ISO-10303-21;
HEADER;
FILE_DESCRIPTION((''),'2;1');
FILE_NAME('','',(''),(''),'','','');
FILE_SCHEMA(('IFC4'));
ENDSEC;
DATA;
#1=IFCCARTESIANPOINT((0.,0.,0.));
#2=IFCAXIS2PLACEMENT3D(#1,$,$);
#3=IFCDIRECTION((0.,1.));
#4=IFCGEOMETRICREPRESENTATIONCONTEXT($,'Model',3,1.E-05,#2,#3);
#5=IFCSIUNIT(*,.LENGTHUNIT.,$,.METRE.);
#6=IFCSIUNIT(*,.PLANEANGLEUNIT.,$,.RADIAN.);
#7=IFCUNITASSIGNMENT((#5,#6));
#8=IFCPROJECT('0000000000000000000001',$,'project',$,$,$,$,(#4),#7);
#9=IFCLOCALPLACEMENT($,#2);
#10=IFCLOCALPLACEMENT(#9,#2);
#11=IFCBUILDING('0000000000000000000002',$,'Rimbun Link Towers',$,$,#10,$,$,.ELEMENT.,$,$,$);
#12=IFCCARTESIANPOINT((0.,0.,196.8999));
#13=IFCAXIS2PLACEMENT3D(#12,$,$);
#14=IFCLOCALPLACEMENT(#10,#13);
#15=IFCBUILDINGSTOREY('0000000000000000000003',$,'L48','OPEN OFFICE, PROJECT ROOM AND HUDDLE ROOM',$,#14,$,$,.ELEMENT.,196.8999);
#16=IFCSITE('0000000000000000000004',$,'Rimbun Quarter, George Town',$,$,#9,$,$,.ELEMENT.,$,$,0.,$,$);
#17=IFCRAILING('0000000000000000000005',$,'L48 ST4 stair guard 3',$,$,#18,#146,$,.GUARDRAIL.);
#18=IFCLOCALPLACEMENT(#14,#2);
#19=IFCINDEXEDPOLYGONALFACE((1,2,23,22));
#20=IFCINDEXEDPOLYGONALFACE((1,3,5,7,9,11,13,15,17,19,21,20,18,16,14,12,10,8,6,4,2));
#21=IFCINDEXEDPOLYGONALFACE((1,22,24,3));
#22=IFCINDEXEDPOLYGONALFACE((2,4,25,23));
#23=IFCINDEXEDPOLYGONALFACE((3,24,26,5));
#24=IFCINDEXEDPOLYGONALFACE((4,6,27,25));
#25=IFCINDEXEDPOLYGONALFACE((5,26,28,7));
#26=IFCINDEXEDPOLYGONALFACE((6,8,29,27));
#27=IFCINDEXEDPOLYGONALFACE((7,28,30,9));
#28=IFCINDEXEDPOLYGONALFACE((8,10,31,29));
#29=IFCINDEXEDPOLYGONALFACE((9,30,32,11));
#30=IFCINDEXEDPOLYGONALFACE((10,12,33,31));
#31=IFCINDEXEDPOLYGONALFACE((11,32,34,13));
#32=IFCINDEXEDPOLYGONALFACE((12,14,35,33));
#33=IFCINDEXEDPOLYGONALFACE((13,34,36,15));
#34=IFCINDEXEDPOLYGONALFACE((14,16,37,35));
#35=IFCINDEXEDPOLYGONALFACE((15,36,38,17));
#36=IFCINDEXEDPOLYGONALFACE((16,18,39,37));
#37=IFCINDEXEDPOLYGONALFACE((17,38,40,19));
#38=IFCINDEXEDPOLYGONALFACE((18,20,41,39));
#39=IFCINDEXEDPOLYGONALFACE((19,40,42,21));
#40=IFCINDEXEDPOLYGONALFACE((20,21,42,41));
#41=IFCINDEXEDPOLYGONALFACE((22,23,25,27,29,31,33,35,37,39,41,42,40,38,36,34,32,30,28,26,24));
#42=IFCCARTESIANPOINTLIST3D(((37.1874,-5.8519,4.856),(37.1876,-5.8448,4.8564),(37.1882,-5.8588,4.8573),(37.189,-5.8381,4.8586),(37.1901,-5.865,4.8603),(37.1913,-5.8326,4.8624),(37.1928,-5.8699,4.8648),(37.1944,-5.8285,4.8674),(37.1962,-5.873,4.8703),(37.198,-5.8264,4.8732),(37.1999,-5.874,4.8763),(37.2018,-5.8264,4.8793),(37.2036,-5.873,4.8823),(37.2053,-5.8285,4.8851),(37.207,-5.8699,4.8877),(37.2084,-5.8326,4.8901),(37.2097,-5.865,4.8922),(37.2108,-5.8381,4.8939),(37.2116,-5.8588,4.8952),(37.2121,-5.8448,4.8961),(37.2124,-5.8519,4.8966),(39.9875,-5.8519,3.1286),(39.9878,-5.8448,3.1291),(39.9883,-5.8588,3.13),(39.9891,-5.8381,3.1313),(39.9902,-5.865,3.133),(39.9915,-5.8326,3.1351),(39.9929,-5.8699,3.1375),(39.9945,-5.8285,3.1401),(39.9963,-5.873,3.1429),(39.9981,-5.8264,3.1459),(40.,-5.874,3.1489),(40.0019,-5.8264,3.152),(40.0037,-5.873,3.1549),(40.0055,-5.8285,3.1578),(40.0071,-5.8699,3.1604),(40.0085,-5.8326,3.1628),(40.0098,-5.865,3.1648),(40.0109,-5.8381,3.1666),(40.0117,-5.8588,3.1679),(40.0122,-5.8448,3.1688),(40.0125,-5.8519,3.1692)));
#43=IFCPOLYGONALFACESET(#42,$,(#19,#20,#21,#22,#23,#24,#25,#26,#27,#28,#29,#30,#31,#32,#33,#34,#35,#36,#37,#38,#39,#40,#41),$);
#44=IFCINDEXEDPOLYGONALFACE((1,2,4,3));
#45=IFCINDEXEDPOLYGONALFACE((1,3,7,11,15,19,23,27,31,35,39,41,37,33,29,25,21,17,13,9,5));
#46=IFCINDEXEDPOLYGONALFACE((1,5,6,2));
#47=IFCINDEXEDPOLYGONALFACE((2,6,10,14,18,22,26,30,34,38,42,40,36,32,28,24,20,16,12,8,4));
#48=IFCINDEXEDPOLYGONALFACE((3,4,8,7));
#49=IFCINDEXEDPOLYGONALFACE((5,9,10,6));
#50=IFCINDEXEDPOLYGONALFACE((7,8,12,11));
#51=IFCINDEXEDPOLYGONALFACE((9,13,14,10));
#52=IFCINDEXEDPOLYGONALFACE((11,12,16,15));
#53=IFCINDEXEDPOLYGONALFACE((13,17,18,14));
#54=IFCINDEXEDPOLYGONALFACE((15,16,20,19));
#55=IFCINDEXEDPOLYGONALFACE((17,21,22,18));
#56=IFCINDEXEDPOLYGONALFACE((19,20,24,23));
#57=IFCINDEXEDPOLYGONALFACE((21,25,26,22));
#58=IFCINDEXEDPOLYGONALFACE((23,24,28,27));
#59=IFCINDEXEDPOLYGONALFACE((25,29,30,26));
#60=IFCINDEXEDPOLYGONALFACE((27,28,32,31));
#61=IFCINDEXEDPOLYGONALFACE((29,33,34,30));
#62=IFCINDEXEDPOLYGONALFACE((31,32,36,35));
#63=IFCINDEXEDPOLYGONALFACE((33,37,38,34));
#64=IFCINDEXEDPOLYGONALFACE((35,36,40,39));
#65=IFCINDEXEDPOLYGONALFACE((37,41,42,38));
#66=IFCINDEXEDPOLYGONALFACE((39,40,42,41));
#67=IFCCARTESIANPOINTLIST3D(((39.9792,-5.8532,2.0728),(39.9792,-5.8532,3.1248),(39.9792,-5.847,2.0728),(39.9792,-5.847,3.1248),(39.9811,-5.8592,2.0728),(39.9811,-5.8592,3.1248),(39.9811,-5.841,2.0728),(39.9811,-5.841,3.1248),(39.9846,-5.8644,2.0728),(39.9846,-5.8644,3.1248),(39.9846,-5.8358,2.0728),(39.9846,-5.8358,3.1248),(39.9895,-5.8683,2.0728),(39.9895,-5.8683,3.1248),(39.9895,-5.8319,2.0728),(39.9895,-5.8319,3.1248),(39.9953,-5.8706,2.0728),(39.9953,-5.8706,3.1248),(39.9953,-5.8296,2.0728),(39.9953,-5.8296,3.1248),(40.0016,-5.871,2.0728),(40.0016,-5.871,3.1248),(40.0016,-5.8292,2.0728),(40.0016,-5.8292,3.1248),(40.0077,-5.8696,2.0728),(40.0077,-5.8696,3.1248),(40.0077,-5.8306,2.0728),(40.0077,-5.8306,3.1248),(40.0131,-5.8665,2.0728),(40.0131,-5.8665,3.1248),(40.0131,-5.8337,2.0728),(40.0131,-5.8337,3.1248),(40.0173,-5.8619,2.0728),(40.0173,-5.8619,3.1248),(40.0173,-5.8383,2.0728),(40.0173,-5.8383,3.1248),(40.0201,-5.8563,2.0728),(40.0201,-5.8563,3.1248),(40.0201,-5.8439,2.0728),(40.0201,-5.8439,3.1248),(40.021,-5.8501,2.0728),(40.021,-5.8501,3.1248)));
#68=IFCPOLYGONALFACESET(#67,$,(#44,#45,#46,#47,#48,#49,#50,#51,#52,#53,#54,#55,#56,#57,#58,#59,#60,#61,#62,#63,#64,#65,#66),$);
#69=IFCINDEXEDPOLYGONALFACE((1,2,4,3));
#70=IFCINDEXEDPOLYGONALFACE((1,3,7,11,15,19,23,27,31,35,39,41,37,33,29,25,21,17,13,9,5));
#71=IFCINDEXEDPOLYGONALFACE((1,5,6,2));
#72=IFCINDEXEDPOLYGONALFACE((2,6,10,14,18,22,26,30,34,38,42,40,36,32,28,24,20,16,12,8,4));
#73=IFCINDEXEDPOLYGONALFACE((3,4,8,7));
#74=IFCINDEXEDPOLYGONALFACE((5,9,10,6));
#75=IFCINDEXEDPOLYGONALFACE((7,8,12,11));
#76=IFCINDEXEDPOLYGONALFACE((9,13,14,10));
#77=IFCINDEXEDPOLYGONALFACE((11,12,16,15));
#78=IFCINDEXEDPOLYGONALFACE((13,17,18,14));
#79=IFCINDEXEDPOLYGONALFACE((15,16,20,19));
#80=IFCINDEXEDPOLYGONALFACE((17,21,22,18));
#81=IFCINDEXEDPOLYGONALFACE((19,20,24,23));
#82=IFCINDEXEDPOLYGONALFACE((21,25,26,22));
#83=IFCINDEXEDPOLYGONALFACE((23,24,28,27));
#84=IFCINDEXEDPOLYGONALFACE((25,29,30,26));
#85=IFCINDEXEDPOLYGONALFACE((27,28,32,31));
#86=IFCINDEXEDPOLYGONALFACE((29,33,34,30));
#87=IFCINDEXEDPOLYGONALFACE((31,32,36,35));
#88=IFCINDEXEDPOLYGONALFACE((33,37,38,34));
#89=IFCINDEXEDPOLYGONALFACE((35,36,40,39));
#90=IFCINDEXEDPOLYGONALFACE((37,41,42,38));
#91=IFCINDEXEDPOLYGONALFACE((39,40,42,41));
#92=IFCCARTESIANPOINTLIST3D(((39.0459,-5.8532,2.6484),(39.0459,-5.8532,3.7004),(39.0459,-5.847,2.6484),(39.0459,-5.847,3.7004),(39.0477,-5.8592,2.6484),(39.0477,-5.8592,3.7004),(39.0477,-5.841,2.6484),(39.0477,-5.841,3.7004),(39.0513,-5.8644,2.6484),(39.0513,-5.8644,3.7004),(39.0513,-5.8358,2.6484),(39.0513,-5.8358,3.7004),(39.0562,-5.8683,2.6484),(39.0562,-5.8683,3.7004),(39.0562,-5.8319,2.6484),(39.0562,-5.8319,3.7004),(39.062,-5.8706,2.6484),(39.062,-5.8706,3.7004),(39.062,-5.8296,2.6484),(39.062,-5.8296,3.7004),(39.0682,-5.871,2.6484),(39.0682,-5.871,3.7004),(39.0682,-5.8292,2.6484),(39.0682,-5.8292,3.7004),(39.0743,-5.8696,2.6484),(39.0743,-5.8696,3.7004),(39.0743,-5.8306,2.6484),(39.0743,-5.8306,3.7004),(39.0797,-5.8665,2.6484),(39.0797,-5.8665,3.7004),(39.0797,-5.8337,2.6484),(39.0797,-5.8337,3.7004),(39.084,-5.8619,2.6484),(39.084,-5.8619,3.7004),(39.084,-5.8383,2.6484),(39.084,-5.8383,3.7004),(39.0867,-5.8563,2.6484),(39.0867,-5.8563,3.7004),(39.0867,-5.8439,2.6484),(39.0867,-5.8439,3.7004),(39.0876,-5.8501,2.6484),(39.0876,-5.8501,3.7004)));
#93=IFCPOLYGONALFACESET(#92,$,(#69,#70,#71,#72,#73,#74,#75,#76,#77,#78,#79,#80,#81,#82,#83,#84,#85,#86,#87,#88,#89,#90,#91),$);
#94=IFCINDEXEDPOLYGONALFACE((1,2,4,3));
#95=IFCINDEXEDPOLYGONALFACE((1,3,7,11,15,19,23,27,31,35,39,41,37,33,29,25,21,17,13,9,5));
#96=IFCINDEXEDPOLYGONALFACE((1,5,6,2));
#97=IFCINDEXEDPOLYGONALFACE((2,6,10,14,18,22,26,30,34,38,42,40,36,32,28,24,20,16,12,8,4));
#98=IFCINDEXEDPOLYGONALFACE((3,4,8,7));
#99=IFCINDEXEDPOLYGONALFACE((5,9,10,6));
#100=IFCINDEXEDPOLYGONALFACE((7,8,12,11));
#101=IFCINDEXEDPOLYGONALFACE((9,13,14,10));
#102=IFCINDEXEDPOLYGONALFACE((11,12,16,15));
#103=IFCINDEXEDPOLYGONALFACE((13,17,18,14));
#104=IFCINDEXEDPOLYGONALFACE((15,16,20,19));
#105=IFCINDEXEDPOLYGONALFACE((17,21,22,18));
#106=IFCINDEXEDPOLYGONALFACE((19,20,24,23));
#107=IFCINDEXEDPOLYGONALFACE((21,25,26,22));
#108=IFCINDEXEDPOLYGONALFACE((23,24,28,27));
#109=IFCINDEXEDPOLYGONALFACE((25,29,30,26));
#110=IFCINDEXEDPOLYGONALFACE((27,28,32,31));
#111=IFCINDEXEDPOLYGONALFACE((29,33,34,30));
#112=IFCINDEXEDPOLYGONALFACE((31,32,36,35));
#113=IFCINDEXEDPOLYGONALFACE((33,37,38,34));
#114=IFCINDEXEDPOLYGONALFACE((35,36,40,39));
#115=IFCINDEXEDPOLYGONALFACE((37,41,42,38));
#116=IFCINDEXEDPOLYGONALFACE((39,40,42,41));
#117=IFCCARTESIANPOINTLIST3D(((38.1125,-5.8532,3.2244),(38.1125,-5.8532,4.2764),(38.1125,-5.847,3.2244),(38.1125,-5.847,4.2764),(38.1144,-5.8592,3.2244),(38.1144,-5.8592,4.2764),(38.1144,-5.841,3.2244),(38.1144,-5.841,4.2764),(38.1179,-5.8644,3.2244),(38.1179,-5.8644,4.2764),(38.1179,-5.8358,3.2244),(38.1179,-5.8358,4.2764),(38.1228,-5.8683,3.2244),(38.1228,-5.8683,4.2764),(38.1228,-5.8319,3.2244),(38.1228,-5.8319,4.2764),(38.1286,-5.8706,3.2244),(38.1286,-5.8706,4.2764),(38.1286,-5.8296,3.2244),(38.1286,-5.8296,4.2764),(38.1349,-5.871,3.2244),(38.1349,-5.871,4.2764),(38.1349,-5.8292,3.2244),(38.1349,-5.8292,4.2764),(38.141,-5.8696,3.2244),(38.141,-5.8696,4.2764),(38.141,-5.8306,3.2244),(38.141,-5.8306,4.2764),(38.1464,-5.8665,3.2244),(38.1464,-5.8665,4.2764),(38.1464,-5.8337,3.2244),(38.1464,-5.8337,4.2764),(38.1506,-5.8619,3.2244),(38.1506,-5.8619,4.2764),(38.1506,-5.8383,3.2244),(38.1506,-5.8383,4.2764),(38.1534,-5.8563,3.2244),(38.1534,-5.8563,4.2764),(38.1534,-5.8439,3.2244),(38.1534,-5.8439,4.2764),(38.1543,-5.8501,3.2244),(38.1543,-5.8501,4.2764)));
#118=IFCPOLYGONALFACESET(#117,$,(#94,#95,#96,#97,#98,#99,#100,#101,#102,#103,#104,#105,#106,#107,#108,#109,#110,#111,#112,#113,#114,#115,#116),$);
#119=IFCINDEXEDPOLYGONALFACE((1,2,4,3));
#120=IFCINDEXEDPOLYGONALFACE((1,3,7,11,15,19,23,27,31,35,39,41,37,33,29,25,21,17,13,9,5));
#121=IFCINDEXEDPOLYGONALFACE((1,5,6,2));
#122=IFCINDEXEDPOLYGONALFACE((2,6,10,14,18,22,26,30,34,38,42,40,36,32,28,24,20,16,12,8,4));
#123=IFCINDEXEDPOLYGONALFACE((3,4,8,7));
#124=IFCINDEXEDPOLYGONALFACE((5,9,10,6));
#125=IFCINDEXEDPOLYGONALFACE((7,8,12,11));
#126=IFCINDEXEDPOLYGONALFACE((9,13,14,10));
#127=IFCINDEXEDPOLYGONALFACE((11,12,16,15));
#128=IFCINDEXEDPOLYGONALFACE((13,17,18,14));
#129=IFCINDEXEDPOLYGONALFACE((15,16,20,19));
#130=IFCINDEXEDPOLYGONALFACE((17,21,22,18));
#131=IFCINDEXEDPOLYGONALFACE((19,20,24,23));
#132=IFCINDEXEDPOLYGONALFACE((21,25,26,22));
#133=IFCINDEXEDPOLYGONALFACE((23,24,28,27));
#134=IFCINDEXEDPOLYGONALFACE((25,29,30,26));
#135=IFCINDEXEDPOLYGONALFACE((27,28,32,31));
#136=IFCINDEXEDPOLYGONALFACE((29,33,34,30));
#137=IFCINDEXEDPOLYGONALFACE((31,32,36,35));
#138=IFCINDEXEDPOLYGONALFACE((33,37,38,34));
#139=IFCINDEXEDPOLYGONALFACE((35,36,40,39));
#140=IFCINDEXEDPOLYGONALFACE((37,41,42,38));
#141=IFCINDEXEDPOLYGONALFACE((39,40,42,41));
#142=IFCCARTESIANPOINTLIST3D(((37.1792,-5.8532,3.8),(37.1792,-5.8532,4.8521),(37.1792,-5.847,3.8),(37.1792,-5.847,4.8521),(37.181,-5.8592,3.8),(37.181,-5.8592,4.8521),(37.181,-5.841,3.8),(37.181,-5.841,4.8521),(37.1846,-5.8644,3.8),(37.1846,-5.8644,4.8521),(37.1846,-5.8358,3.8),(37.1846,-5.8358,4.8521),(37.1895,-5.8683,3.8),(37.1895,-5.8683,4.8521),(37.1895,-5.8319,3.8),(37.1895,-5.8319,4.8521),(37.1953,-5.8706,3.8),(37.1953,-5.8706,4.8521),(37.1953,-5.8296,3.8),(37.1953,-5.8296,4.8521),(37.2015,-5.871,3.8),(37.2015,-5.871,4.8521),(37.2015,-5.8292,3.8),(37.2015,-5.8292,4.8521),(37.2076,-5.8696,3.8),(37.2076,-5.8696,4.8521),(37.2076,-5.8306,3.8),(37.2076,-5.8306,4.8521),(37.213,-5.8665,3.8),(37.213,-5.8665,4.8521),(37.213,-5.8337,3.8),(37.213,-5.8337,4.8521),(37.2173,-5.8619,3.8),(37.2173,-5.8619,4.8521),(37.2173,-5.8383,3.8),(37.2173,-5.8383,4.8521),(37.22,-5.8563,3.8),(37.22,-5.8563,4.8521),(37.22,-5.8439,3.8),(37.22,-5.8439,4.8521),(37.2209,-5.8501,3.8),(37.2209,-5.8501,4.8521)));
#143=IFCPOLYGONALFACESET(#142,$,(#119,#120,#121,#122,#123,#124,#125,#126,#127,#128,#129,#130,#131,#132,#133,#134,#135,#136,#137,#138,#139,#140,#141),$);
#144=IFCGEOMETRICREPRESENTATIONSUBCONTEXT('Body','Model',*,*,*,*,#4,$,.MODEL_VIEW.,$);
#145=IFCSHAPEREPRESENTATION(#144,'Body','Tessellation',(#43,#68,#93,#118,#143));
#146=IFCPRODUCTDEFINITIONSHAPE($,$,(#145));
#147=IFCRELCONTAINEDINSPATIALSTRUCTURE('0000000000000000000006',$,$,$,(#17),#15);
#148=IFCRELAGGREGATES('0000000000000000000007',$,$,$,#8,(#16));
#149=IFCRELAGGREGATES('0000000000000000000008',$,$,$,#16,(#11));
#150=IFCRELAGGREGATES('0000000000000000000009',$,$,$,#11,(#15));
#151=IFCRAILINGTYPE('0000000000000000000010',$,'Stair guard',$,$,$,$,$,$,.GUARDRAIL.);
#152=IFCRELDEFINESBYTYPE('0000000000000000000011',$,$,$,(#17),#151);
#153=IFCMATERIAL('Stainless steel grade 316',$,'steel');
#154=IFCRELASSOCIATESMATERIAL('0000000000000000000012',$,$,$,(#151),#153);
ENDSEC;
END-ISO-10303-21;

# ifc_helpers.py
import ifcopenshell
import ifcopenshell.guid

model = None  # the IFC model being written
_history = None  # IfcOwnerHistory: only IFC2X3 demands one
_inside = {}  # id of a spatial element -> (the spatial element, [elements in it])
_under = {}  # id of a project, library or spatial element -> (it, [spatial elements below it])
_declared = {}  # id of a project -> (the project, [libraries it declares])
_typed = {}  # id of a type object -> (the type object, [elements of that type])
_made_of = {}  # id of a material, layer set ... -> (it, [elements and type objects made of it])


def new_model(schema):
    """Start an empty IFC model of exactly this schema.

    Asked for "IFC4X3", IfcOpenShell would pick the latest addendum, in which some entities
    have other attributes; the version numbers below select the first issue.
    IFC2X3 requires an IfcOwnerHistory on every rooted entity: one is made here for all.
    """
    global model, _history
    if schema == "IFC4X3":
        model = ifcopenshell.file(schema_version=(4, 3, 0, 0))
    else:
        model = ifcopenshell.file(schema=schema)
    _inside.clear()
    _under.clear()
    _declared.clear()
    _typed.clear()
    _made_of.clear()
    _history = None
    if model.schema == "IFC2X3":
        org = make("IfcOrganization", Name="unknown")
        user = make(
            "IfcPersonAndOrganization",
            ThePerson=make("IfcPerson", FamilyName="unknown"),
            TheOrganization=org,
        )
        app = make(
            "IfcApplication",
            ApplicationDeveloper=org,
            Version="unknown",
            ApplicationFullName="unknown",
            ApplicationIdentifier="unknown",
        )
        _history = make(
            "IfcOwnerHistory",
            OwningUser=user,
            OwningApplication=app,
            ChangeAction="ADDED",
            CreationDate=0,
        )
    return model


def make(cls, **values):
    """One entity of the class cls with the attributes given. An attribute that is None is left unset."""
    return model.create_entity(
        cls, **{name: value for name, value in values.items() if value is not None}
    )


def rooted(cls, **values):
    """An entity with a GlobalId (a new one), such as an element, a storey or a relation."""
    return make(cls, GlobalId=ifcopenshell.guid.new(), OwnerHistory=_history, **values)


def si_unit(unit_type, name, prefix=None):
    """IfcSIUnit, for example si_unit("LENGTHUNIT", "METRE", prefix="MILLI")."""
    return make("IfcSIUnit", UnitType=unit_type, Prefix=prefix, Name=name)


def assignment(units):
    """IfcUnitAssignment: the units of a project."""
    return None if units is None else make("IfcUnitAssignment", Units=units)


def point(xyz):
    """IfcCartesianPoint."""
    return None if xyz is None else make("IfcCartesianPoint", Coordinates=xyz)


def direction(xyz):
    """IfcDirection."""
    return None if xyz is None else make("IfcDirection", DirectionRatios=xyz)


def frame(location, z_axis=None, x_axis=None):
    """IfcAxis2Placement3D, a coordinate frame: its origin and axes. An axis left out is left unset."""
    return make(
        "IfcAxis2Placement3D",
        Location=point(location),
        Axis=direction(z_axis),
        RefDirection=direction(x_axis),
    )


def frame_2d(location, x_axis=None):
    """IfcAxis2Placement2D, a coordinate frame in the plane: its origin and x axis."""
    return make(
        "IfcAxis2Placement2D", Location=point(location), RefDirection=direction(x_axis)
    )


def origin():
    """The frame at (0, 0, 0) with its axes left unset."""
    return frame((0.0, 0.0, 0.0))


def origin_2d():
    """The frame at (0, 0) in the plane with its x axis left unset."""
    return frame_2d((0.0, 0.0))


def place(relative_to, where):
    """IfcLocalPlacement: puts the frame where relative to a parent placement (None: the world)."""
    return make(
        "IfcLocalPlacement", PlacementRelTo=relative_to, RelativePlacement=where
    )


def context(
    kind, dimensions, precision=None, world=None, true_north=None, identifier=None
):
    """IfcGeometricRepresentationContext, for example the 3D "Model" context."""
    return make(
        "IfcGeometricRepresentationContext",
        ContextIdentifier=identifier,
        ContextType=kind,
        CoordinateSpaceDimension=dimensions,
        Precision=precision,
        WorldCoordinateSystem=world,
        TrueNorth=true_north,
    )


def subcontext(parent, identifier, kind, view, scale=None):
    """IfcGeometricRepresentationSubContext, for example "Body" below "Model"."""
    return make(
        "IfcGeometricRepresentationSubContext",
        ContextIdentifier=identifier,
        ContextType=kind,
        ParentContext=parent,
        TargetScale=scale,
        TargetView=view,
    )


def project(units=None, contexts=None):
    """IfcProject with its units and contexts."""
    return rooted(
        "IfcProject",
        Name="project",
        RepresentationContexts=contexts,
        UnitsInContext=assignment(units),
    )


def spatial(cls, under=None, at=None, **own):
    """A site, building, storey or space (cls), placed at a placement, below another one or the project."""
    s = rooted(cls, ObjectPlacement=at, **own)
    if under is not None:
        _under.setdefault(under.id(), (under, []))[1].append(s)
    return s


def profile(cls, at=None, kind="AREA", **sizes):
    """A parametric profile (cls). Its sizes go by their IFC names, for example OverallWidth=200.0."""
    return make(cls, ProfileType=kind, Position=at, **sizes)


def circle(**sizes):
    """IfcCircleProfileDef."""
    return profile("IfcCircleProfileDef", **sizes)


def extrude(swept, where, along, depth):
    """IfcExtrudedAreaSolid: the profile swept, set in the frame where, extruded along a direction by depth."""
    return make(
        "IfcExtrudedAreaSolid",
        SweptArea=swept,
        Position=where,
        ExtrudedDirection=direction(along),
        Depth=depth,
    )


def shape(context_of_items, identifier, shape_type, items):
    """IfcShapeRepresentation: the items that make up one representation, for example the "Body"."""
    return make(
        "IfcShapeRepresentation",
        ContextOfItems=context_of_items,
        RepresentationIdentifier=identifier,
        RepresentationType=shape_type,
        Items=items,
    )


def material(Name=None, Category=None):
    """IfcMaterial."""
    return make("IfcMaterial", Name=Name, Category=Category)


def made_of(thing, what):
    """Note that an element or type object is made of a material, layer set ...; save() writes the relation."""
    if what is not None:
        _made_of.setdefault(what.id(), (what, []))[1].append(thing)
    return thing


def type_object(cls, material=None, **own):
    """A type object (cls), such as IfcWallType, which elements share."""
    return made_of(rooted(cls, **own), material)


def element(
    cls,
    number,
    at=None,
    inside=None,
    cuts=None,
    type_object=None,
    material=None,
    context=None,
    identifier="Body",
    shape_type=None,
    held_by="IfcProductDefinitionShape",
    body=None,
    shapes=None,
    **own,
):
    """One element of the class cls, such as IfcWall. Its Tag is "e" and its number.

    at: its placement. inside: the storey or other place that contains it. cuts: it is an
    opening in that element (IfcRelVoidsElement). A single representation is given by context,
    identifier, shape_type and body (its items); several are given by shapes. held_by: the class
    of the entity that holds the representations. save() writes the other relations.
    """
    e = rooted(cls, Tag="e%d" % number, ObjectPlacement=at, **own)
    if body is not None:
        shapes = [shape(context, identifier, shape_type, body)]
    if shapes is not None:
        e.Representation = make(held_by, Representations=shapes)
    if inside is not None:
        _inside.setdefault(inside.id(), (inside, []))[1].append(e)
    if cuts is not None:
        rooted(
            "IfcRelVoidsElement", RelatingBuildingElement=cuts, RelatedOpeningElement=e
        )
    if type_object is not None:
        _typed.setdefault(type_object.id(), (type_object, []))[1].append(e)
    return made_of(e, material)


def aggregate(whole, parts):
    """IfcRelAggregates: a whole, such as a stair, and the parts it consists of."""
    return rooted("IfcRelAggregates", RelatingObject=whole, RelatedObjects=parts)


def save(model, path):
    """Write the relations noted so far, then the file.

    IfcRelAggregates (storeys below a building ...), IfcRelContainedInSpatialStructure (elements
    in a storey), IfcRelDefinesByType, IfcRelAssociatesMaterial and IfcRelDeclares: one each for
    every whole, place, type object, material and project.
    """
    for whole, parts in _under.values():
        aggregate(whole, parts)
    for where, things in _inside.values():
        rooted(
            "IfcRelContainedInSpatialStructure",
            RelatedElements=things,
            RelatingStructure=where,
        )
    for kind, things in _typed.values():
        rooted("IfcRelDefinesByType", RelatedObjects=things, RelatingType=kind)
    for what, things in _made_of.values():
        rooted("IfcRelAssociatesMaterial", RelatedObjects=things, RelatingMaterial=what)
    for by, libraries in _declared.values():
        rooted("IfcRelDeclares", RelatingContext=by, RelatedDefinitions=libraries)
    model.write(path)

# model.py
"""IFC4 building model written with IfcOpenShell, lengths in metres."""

from ifc_helpers import new_model, si_unit, direction, frame, origin, origin_2d, place, context, subcontext, project, spatial, circle, extrude, material, type_object, element, save


model = new_model("IFC4")

# Units and contexts
model_context = context("Model", 3, precision=1e-05, world=origin(), true_north=direction((0.0, 1.0)))
body_context = subcontext(model_context, "Body", "Model", "MODEL_VIEW")
ifc_project = project(units=[si_unit("LENGTHUNIT", "METRE"), si_unit("PLANEANGLEUNIT", "RADIAN")], contexts=[model_context])

# Site, building, storey
site_placement = place(None, origin())
site = spatial("IfcSite", under=ifc_project, at=site_placement, Name="Rimbun Quarter, George Town", CompositionType="ELEMENT", RefElevation=0.0)
building_placement = place(site_placement, origin())
building = spatial("IfcBuilding", under=site, at=building_placement, Name="Rimbun Link Towers", CompositionType="ELEMENT")
storey_placement = place(building_placement, frame((0.0, 0.0, 196.8999)))
storey = spatial("IfcBuildingStorey", under=building, at=storey_placement, Name="L48", Description="OPEN OFFICE, PROJECT ROOM AND HUDDLE ROOM", CompositionType="ELEMENT", Elevation=196.8999)

# Railing
ifc_material_1 = material(Name="Stainless steel grade 316", Category="steel")
railing_type_1 = type_object("IfcRailingType", Name="Stair guard", PredefinedType="GUARDRAIL", material=ifc_material_1)
railing_1_placement = place(storey_placement, frame((40.0, -5.8501, 2.0728)))
element("IfcRailing", 1, at=railing_1_placement, inside=storey, type_object=railing_type_1, Name="L48 ST4 stair guard 3", PredefinedType="GUARDRAIL", context=body_context, shape_type="SweptSolid", body=[
    extrude(circle(Radius=0.0239, at=origin_2d()), frame((0.0, 0.0, 1.0762), z_axis=(-0.85109, 0.0, 0.52502), x_axis=(0.0, -1.0, 0.0)), (0.0, 0.0, 1.0), 3.29),
    extrude(circle(Radius=0.021, at=origin_2d()), origin(), (0.0, 0.0, 1.0), 1.052),
    extrude(circle(Radius=0.021, at=origin_2d()), frame((-0.9333, 0.0, 0.5757)), (0.0, 0.0, 1.0), 1.052),
    extrude(circle(Radius=0.021, at=origin_2d()), frame((-1.8667, 0.0, 1.1516)), (0.0, 0.0, 1.0), 1.052),
    extrude(circle(Radius=0.021, at=origin_2d()), frame((-2.8, 0.0, 1.7273)), (0.0, 0.0, 1.0), 1.052),
])

save(model, "model.ifc")
